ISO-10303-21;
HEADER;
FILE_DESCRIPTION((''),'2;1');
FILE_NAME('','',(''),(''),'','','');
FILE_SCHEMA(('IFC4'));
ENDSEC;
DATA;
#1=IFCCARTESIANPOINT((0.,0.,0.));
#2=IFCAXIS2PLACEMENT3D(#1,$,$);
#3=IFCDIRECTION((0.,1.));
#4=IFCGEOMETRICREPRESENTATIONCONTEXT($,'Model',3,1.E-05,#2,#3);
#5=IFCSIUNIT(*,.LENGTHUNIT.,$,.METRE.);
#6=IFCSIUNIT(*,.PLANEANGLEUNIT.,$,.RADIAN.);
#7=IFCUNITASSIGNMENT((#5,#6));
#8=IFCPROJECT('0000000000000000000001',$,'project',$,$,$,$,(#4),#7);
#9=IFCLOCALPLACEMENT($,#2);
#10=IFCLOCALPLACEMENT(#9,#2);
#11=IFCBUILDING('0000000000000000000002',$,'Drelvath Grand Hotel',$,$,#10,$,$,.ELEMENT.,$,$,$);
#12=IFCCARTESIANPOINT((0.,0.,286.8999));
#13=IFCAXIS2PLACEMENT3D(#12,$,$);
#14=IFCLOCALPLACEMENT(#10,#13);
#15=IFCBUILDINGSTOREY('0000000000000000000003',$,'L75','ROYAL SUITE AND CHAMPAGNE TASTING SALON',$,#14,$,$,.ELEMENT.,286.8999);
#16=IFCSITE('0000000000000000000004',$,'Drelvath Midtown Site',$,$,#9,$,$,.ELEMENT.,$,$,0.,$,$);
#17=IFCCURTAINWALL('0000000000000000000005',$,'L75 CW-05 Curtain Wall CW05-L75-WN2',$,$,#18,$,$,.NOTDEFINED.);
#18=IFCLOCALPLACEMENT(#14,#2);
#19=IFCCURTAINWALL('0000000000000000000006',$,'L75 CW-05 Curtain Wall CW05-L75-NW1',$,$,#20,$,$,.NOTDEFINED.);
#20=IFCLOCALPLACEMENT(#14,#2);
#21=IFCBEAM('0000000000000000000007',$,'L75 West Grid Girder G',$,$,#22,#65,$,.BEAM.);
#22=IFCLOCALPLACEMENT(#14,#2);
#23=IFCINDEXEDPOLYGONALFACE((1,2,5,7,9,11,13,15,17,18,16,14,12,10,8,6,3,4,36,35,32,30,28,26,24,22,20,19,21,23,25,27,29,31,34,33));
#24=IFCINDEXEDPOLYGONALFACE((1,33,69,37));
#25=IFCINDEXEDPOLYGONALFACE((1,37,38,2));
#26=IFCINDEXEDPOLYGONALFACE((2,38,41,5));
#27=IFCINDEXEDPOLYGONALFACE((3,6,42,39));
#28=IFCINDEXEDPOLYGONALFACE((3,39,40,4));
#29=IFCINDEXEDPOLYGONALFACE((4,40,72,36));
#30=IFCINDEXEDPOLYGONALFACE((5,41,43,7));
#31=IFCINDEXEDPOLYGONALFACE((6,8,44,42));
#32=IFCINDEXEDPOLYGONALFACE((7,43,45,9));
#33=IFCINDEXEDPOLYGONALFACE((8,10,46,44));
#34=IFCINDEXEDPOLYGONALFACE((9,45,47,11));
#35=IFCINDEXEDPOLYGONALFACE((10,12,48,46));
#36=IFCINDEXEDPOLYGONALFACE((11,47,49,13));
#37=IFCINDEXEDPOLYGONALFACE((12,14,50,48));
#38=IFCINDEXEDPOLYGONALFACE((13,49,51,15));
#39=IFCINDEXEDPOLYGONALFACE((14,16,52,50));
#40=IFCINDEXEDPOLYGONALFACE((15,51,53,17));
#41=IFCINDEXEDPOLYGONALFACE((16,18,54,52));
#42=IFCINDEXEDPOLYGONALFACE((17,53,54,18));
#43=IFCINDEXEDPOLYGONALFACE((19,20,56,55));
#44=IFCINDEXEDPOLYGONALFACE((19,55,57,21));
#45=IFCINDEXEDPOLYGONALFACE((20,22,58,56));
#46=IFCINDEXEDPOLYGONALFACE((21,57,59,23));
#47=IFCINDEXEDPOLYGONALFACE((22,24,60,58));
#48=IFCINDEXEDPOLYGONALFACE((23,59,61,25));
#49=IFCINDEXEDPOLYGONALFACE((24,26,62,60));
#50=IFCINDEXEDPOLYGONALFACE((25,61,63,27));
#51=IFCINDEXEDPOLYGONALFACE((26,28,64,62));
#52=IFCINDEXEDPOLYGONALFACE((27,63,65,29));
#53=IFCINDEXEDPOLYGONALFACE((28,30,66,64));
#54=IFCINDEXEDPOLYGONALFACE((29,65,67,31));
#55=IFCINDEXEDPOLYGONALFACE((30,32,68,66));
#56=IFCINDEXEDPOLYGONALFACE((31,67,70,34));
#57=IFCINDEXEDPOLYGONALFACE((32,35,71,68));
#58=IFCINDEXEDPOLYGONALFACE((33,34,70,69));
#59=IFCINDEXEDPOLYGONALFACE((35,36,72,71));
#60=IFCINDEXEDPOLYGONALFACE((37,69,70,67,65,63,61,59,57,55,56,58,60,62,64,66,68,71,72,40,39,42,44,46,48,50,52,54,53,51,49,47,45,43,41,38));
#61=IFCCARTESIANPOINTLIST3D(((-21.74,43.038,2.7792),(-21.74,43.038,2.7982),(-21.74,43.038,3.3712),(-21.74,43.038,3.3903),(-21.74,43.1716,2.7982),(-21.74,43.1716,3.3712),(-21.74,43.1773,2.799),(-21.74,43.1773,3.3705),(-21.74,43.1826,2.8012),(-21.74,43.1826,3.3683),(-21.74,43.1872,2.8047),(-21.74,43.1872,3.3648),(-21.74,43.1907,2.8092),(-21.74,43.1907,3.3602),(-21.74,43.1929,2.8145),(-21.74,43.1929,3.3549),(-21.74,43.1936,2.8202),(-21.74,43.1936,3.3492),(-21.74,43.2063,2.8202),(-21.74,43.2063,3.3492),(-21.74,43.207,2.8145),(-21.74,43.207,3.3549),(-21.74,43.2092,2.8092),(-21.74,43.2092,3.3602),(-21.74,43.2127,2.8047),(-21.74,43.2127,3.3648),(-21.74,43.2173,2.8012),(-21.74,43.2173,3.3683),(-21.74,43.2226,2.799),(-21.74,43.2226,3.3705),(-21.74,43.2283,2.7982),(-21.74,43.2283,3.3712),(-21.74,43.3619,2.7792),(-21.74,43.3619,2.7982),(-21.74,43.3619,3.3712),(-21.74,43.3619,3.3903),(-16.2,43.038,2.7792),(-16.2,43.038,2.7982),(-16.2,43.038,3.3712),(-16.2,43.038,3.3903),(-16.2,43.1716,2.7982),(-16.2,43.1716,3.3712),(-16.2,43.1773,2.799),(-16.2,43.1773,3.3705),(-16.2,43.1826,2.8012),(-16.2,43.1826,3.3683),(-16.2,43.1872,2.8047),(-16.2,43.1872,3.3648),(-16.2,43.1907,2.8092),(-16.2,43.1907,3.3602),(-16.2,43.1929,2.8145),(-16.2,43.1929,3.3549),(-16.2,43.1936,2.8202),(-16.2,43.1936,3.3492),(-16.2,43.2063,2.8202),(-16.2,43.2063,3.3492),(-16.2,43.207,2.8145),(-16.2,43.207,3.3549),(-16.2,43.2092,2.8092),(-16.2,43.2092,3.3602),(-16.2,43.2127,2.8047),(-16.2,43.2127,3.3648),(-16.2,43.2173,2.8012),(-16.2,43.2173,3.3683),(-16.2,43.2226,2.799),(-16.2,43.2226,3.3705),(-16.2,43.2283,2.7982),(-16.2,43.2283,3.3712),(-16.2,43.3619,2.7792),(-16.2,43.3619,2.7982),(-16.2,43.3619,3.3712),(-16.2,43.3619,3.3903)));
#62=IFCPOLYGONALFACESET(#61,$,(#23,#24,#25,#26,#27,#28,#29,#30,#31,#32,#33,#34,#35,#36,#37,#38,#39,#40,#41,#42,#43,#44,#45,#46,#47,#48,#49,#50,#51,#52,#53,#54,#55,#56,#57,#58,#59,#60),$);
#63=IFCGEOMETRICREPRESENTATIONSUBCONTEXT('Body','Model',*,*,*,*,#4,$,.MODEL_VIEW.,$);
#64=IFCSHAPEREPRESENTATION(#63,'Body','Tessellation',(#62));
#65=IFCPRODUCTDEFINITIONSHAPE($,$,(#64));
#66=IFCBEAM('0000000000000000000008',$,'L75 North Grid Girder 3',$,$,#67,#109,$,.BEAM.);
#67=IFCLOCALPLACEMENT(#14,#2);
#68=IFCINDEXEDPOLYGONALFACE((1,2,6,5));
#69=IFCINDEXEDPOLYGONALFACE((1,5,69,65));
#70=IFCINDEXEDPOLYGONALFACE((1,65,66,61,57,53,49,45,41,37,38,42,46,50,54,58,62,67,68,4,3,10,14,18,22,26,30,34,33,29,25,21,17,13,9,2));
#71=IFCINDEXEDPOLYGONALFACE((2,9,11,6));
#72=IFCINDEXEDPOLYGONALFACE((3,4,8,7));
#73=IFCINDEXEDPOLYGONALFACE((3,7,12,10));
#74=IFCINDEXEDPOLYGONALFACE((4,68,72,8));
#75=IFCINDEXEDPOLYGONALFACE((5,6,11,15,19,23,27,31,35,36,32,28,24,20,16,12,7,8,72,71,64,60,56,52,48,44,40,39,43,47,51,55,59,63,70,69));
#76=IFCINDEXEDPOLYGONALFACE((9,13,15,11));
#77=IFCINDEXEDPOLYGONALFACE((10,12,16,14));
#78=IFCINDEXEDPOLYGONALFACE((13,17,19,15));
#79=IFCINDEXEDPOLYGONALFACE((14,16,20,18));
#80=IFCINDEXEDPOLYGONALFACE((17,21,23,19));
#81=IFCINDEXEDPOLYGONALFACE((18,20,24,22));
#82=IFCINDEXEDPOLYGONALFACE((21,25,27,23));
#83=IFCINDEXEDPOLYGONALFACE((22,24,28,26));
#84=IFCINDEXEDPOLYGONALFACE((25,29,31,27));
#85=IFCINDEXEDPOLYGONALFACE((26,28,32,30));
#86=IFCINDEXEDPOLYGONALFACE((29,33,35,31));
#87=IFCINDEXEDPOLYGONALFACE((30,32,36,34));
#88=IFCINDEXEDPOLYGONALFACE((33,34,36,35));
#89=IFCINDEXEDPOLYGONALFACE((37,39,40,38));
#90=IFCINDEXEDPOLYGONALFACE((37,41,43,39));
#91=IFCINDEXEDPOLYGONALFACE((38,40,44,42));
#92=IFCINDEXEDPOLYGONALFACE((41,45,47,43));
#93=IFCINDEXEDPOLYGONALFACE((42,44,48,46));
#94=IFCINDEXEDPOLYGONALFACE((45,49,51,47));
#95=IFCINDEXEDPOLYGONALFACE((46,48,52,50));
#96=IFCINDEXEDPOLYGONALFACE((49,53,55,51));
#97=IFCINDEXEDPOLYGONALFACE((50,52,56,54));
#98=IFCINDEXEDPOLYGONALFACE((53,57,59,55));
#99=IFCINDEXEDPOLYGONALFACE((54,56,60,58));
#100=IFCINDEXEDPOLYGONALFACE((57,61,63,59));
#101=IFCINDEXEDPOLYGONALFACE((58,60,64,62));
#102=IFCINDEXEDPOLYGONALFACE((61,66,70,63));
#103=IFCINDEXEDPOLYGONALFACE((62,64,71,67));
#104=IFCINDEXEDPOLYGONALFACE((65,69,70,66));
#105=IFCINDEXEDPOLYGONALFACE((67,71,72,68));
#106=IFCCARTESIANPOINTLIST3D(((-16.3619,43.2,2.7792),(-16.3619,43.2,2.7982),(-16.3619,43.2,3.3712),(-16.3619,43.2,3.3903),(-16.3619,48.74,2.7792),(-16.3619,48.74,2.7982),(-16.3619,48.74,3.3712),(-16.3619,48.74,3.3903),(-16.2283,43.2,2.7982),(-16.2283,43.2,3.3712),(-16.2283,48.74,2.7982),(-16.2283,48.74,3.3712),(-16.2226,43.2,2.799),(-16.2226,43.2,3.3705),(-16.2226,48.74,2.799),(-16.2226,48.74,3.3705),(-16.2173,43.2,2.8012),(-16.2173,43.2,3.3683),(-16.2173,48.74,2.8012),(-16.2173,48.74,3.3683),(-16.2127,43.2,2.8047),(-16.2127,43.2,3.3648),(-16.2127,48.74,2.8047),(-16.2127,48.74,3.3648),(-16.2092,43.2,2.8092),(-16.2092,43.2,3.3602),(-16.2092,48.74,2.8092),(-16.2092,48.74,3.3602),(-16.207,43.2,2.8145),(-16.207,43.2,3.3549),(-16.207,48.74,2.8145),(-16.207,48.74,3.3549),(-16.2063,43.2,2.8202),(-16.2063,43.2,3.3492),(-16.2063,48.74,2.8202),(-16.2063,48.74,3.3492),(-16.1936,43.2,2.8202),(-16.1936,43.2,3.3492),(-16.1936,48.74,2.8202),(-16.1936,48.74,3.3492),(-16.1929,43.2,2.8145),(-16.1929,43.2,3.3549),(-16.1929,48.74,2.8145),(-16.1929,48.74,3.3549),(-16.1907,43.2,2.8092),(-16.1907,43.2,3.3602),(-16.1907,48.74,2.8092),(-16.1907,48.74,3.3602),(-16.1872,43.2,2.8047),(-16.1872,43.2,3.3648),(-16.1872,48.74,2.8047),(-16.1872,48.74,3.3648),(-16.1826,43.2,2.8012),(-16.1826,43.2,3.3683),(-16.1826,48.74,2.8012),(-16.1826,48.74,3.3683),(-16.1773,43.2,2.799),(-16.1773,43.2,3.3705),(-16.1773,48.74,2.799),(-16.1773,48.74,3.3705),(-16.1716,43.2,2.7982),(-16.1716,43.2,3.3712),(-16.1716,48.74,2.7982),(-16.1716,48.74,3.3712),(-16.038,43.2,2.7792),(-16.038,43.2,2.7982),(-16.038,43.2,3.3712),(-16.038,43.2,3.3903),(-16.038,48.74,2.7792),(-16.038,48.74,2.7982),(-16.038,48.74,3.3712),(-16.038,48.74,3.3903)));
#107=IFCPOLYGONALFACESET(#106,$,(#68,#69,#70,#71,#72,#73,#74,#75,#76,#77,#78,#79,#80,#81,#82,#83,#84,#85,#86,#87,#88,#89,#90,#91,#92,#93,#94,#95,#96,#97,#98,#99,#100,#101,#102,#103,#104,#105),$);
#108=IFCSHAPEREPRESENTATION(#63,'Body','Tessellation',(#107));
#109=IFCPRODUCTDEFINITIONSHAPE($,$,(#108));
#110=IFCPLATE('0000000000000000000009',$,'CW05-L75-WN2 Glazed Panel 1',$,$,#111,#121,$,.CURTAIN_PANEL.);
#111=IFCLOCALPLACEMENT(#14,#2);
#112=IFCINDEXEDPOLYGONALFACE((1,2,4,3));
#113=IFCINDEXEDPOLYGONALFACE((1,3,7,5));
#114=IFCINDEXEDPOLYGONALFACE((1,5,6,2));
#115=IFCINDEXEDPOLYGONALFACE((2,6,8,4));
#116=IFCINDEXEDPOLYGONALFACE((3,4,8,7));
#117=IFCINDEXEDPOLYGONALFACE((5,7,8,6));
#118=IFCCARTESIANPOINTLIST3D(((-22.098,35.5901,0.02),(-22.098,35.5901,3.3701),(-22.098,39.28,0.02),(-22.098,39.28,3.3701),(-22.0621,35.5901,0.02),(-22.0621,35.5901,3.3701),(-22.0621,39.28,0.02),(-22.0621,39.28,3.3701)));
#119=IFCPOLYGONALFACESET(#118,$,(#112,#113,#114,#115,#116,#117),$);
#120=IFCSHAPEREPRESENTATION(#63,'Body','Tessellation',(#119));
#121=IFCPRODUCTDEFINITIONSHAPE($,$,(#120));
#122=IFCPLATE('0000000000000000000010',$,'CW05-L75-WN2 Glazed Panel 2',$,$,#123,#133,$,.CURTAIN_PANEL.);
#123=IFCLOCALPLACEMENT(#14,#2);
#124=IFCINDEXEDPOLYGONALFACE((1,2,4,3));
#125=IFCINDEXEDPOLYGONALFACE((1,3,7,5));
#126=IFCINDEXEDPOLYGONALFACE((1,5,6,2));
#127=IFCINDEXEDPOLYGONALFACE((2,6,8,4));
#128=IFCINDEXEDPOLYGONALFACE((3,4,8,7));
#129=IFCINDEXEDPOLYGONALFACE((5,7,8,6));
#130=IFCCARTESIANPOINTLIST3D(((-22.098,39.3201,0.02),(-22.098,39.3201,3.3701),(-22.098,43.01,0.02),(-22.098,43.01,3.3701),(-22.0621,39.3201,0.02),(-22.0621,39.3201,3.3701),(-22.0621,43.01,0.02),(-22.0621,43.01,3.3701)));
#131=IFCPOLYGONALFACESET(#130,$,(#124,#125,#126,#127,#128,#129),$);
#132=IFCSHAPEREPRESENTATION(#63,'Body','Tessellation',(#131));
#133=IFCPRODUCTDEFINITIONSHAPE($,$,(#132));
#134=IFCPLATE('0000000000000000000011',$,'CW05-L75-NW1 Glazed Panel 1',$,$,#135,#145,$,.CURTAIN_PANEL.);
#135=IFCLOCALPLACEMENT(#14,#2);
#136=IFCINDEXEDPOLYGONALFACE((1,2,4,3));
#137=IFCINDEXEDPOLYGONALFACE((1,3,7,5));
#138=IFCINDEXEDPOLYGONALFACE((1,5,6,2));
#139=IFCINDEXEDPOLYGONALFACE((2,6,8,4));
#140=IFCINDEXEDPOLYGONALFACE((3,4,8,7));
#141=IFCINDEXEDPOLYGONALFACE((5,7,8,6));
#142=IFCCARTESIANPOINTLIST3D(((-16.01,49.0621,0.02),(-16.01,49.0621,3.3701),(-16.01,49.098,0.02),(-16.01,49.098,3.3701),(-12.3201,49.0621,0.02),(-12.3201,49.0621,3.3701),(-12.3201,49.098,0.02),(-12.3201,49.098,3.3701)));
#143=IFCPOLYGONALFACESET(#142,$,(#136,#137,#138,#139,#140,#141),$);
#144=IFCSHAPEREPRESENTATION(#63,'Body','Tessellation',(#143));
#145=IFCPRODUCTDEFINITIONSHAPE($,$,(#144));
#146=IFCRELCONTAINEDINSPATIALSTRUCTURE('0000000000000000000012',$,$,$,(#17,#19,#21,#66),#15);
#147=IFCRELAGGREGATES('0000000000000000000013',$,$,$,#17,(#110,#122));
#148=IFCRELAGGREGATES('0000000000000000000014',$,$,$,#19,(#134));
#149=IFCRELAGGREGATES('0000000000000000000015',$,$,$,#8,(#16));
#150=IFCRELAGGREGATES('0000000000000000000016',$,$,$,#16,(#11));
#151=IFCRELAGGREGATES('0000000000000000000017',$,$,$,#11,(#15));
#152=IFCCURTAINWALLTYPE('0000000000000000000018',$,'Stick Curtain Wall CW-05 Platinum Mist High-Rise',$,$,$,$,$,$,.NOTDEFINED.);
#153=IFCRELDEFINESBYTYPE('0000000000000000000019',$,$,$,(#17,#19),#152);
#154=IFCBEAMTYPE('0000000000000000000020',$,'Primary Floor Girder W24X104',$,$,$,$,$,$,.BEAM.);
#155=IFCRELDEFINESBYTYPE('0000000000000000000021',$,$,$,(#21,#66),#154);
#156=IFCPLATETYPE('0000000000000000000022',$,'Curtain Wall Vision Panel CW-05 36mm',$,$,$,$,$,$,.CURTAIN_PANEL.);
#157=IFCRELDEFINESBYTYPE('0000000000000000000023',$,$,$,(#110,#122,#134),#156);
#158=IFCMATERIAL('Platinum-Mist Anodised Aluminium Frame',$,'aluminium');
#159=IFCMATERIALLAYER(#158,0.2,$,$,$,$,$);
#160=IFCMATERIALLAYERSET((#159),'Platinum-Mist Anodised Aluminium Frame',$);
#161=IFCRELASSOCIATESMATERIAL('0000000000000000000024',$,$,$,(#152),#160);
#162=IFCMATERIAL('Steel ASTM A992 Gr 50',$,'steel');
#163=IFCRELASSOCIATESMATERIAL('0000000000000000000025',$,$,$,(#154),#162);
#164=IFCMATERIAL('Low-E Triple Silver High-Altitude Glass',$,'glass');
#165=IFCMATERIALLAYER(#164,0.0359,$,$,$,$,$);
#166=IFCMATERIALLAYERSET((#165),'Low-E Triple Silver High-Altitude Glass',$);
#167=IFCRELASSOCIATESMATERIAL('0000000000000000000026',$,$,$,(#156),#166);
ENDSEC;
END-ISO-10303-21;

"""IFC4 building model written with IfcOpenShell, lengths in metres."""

from ifc_helpers import new_model, si_unit, direction, frame, origin, origin_2d, place, context, subcontext, project, spatial, rectangle, i_section, extrude, material, layer, layer_set, material_profile, profile_set, type_object, element, aggregate, save


model = new_model("IFC4")

# Units and contexts
model_context = context("Model", 3, precision=1e-05, world=origin(), true_north=direction((0.0, 1.0)))
body_context = subcontext(model_context, "Body", "Model", "MODEL_VIEW")
ifc_project = project(units=[si_unit("LENGTHUNIT", "METRE"), si_unit("PLANEANGLEUNIT", "RADIAN")], contexts=[model_context])

# Site, building, storey
site_placement = place(None, origin())
site = spatial("IfcSite", under=ifc_project, at=site_placement, Name="Drelvath Midtown Site", CompositionType="ELEMENT", RefElevation=0.0)
building_placement = place(site_placement, origin())
building = spatial("IfcBuilding", under=site, at=building_placement, Name="Drelvath Grand Hotel", CompositionType="ELEMENT")
storey_placement = place(building_placement, frame((0.0, 0.0, 286.8999)))
storey = spatial("IfcBuildingStorey", under=building, at=storey_placement, Name="L75", Description="ROYAL SUITE AND CHAMPAGNE TASTING SALON", CompositionType="ELEMENT", Elevation=286.8999)

# Shared definitions
ifc_material_1 = material(Name="Steel ASTM A992 Gr 50", Category="steel")

# Curtain walls
ifc_material_2 = material(Name="Platinum-Mist Anodised Aluminium Frame", Category="aluminium")
ifc_layer_1 = layer(ifc_material_2, 0.2)
ifc_layer_set_1 = layer_set([ifc_layer_1], Name="Platinum-Mist Anodised Aluminium Frame")
curtain_wall_type = type_object("IfcCurtainWallType", Name="Stick Curtain Wall CW-05 Platinum Mist High-Rise", PredefinedType="NOTDEFINED", material=ifc_layer_set_1)
curtain_wall_1_placement = place(storey_placement, origin())
curtain_wall_1 = element("IfcCurtainWall", 1, at=curtain_wall_1_placement, inside=storey, type_object=curtain_wall_type, Name="L75 CW-05 Curtain Wall CW05-L75-WN2", PredefinedType="NOTDEFINED")
curtain_wall_2_placement = place(storey_placement, origin())
curtain_wall_2 = element("IfcCurtainWall", 2, at=curtain_wall_2_placement, inside=storey, type_object=curtain_wall_type, Name="L75 CW-05 Curtain Wall CW05-L75-NW1", PredefinedType="NOTDEFINED")

# Beams
ifc_material_profile_1 = material_profile(ifc_material_1, i_section(OverallWidth=0.324, OverallDepth=0.6111, WebThickness=0.0127, FlangeThickness=0.019, FilletRadius=0.022, at=origin_2d()), Name="W24X104")
ifc_profile_set_1 = profile_set([ifc_material_profile_1], Name="Steel ASTM A992 Gr 50")
beam_type_1 = type_object("IfcBeamType", Name="Primary Floor Girder W24X104", PredefinedType="BEAM", material=ifc_profile_set_1)
for number, where, z_axis, x_axis, name in (
    (3, (-21.74, 43.2, 3.0847), (1.0, 0.0, 0.0), (0.0, 1.0, 0.0), "L75 West Grid Girder G"),
    (4, (-16.2, 43.2, 3.0847), (0.0, 1.0, 0.0), (-1.0, 0.0, 0.0), "L75 North Grid Girder 3"),
):
    element("IfcBeam", number, at=place(storey_placement, frame(where, z_axis=z_axis, x_axis=x_axis)), inside=storey, type_object=beam_type_1, Name=name, PredefinedType="BEAM", context=body_context, shape_type="SweptSolid", body=[
        extrude(i_section(OverallWidth=0.324, OverallDepth=0.6111, WebThickness=0.0127, FlangeThickness=0.019, FilletRadius=0.022, at=origin_2d()), origin(), (0.0, 0.0, 1.0), 5.54),
    ])

# Plates
ifc_material_3 = material(Name="Low-E Triple Silver High-Altitude Glass", Category="glass")
ifc_layer_2 = layer(ifc_material_3, 0.0359)
ifc_layer_set_2 = layer_set([ifc_layer_2], Name="Low-E Triple Silver High-Altitude Glass")
plate_type = type_object("IfcPlateType", Name="Curtain Wall Vision Panel CW-05 36mm", PredefinedType="CURTAIN_PANEL", material=ifc_layer_set_2)
plate_1_placement = place(storey_placement, frame((-22.0801, 37.4351, 0.02), z_axis=(0.0, 0.0, 1.0), x_axis=(0.0, 1.0, 0.0)))
plate_1 = element("IfcPlate", 5, at=plate_1_placement, type_object=plate_type, Name="CW05-L75-WN2 Glazed Panel 1", PredefinedType="CURTAIN_PANEL", context=body_context, shape_type="SweptSolid", body=[
    extrude(rectangle(XDim=3.6899, YDim=0.0359, at=origin_2d()), origin(), (0.0, 0.0, 1.0), 3.3501),
])
plate_2_placement = place(storey_placement, frame((-22.0801, 41.165, 0.02), z_axis=(0.0, 0.0, 1.0), x_axis=(0.0, 1.0, 0.0)))
plate_2 = element("IfcPlate", 6, at=plate_2_placement, type_object=plate_type, Name="CW05-L75-WN2 Glazed Panel 2", PredefinedType="CURTAIN_PANEL", context=body_context, shape_type="SweptSolid", body=[
    extrude(rectangle(XDim=3.6899, YDim=0.0359, at=origin_2d()), origin(), (0.0, 0.0, 1.0), 3.3501),
])
aggregate(curtain_wall_1, [plate_1, plate_2])
plate_3_placement = place(storey_placement, frame((-14.165, 49.0801, 0.02), z_axis=(0.0, 0.0, 1.0), x_axis=(1.0, 0.0, 0.0)))
plate_3 = element("IfcPlate", 7, at=plate_3_placement, type_object=plate_type, Name="CW05-L75-NW1 Glazed Panel 1", PredefinedType="CURTAIN_PANEL", context=body_context, shape_type="SweptSolid", body=[
    extrude(rectangle(XDim=3.6899, YDim=0.0359, at=origin_2d()), origin(), (0.0, 0.0, 1.0), 3.3501),
])
aggregate(curtain_wall_2, [plate_3])

save(model, "model.ifc")
